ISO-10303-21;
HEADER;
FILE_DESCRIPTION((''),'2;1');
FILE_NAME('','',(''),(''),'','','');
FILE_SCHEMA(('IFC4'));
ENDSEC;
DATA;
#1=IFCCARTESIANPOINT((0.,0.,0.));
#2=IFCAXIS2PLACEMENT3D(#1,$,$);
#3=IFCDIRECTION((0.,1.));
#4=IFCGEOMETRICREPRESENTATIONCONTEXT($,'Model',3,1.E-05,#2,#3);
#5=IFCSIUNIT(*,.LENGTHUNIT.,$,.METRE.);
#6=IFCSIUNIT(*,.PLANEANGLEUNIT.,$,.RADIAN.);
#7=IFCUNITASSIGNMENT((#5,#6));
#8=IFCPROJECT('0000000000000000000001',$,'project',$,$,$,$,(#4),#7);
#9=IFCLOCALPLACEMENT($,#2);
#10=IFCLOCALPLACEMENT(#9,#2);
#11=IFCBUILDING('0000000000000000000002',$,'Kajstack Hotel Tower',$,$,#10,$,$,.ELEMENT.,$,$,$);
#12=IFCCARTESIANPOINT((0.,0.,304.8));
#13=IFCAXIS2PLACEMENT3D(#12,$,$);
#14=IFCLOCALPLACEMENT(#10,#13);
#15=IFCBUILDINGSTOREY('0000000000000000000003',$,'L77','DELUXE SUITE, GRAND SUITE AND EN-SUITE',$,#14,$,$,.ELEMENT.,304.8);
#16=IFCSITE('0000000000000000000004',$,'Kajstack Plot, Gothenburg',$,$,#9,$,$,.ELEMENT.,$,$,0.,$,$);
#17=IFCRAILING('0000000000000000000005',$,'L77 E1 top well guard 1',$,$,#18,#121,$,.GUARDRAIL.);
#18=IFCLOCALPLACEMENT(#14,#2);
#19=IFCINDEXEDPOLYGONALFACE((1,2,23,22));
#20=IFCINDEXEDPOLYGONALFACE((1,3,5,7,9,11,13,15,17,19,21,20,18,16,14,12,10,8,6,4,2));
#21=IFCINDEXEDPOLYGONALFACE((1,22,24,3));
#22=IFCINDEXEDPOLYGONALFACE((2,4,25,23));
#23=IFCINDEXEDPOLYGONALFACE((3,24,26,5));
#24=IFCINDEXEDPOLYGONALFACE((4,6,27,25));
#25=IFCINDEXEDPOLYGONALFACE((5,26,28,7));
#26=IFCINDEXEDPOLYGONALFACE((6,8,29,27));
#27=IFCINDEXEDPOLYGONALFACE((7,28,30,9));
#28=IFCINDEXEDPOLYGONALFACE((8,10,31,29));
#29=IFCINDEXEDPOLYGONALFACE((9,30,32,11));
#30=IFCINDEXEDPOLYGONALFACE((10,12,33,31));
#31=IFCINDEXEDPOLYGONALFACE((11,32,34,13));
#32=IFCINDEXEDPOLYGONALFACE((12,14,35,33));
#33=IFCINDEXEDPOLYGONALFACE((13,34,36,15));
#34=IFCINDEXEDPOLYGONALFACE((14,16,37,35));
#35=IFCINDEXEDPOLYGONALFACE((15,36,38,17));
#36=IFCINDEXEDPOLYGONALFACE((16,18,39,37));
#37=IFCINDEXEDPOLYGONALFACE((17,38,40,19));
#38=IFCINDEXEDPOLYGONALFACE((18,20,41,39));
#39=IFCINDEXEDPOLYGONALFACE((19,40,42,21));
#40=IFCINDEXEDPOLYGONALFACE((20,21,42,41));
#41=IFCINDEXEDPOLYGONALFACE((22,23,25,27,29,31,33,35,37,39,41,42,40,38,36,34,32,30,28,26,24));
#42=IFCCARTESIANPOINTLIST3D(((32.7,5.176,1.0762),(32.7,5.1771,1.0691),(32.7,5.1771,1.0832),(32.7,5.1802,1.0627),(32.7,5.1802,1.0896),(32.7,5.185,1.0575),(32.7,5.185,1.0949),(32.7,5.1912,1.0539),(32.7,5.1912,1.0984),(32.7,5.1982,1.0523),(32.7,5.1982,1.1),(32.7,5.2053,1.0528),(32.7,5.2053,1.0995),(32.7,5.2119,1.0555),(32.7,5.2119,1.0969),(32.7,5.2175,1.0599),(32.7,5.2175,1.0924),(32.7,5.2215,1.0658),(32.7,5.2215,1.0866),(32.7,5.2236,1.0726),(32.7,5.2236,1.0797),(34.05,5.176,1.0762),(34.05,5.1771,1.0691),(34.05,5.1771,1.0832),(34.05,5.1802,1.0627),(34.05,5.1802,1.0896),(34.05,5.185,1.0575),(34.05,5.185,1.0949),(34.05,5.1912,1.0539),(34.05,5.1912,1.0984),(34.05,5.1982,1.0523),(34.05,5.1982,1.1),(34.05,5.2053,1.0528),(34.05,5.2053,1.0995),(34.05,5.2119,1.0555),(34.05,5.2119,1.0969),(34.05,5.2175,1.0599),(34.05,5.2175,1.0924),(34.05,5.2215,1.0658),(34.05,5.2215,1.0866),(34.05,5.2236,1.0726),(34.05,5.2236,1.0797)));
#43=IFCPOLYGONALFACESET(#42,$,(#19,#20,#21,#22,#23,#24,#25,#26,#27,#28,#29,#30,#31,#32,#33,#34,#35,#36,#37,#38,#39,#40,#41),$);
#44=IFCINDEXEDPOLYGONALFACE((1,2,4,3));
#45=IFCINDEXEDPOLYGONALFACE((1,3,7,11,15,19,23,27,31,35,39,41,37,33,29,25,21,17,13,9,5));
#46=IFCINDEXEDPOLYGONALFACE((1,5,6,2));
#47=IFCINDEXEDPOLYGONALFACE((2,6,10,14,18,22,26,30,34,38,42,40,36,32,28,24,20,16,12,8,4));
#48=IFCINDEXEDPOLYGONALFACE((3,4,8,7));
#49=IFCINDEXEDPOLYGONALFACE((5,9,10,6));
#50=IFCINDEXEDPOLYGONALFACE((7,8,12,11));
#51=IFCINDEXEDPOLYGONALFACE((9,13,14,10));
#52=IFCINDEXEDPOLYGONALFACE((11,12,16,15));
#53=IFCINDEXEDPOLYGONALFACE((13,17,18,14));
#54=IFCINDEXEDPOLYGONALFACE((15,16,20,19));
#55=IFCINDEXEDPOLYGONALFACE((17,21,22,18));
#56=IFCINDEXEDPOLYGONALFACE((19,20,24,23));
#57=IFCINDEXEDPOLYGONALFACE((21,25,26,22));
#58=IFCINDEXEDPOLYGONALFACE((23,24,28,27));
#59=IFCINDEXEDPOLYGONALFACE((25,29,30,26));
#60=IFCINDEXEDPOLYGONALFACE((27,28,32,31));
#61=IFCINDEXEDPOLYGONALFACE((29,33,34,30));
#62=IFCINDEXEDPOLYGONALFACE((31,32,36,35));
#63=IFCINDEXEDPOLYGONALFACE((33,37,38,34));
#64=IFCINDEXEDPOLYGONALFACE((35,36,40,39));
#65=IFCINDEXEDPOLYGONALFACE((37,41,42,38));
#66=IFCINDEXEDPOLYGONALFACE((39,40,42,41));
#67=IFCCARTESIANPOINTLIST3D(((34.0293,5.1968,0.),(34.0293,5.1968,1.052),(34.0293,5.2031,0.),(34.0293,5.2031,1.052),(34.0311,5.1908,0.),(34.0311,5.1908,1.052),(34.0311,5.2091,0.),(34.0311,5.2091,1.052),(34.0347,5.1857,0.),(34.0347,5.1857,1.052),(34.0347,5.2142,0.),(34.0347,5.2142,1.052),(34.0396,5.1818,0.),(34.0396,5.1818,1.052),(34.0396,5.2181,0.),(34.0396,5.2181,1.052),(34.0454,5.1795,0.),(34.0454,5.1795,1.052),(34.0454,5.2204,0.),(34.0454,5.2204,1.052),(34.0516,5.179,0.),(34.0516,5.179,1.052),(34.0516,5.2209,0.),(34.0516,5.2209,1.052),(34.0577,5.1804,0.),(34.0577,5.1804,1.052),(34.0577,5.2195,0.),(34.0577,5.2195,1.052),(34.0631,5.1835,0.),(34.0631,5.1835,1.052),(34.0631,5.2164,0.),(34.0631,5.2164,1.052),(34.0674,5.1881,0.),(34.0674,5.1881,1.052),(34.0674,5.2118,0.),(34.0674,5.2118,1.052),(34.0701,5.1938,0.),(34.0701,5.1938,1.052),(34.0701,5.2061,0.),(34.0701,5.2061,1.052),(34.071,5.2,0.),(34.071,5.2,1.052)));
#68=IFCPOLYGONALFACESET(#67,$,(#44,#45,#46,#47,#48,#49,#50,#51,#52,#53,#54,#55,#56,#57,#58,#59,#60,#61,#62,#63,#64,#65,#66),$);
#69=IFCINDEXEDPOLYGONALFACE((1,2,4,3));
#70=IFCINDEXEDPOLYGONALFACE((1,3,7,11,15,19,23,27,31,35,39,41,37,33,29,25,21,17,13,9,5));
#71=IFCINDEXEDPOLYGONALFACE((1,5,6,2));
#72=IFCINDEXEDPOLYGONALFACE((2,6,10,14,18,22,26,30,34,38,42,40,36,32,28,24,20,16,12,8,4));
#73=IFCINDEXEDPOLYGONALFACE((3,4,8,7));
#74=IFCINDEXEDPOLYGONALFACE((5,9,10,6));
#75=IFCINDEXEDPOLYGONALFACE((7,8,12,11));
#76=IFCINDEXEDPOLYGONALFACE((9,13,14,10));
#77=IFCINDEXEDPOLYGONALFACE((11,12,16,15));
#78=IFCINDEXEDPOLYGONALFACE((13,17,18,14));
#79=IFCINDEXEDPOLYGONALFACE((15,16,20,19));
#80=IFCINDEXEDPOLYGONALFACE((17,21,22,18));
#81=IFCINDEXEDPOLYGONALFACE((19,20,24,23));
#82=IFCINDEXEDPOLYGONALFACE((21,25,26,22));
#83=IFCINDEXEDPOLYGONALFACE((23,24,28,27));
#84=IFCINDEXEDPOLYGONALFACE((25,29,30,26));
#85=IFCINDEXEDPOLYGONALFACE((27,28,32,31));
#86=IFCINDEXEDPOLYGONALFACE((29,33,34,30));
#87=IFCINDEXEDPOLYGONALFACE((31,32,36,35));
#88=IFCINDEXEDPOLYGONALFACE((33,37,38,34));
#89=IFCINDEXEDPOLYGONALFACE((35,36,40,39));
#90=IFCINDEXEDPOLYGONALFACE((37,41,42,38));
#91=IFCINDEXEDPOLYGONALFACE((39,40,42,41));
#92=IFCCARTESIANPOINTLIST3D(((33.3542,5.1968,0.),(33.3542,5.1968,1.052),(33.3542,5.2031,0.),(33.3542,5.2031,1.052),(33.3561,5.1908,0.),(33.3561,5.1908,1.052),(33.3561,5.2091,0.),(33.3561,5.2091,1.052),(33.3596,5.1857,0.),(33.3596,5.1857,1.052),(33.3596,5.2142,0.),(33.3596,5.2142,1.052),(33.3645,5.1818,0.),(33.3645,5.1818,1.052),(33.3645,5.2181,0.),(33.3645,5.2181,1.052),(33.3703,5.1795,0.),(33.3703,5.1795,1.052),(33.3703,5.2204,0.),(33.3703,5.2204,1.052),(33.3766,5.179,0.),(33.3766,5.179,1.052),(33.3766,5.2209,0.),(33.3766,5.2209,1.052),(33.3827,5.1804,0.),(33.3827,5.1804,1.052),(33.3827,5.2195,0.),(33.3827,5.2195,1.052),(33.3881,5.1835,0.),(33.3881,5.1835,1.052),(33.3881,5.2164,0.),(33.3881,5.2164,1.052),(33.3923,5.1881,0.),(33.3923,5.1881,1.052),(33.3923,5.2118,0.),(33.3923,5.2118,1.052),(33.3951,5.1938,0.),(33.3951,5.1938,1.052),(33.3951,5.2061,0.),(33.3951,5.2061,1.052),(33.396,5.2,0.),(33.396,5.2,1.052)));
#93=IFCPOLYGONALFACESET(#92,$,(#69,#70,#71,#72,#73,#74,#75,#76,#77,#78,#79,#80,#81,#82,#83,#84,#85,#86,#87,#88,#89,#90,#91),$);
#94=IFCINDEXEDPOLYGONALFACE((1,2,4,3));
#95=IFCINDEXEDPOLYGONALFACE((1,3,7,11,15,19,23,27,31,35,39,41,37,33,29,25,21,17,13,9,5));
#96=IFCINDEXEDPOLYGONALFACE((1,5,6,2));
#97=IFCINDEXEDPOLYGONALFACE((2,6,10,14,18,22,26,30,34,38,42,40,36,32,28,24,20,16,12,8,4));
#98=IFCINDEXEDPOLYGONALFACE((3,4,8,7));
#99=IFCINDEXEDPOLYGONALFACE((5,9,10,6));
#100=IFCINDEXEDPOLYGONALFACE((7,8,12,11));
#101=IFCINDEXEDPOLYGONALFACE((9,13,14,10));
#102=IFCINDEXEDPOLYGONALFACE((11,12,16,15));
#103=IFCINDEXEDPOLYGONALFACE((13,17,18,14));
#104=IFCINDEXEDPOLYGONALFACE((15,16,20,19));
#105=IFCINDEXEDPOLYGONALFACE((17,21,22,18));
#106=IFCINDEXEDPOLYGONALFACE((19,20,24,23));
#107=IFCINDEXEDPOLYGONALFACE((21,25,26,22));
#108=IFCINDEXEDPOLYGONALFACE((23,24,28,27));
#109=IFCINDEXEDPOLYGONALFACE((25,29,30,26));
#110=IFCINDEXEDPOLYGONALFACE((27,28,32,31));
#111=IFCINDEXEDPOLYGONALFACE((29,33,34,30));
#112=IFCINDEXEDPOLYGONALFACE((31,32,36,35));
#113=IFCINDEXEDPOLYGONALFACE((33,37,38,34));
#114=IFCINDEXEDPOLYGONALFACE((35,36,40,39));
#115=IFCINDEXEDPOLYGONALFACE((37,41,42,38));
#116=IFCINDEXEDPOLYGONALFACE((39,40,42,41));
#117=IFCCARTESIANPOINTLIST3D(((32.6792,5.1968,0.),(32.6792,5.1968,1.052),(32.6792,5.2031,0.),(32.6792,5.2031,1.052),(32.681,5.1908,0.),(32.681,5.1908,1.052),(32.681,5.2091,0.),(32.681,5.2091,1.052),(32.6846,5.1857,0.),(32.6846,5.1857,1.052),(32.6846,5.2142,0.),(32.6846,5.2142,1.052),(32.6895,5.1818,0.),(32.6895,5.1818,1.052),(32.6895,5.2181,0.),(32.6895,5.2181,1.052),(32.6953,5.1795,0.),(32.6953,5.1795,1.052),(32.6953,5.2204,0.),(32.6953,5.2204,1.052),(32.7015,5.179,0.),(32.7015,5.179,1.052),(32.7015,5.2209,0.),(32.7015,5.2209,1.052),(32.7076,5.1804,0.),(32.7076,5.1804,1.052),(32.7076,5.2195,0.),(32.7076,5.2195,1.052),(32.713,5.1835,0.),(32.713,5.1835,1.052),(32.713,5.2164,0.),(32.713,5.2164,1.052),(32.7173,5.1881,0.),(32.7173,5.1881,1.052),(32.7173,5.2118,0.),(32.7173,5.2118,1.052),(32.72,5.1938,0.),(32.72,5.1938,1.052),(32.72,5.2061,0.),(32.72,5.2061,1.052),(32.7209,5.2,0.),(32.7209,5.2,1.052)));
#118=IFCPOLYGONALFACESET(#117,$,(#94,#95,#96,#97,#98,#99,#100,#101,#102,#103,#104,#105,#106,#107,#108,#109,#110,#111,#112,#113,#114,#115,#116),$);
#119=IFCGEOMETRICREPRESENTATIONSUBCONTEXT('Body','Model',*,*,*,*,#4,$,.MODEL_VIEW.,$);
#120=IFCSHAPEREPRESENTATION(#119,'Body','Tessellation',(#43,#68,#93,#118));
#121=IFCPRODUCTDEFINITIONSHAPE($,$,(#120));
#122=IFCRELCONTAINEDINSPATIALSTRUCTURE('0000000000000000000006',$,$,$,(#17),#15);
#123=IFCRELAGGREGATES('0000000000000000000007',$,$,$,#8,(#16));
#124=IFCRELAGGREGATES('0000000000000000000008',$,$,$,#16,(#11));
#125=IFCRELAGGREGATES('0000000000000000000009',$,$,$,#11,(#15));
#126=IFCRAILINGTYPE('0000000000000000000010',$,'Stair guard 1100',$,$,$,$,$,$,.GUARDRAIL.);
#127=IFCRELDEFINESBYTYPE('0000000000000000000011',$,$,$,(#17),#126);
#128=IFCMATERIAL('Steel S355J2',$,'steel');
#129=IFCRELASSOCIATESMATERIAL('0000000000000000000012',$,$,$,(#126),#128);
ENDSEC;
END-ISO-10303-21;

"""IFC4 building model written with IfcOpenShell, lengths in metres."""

from ifc_helpers import new_model, si_unit, direction, frame, origin, origin_2d, place, context, subcontext, project, spatial, circle, extrude, material, type_object, element, save


model = new_model("IFC4")

# Units and contexts
model_context = context("Model", 3, precision=1e-05, world=origin(), true_north=direction((0.0, 1.0)))
body_context = subcontext(model_context, "Body", "Model", "MODEL_VIEW")
ifc_project = project(units=[si_unit("LENGTHUNIT", "METRE"), si_unit("PLANEANGLEUNIT", "RADIAN")], contexts=[model_context])

# Site, building, storey
site_placement = place(None, origin())
site = spatial("IfcSite", under=ifc_project, at=site_placement, Name="Kajstack Plot, Gothenburg", CompositionType="ELEMENT", RefElevation=0.0)
building_placement = place(site_placement, origin())
building = spatial("IfcBuilding", under=site, at=building_placement, Name="Kajstack Hotel Tower", CompositionType="ELEMENT")
storey_placement = place(building_placement, frame((0.0, 0.0, 304.8)))
storey = spatial("IfcBuildingStorey", under=building, at=storey_placement, Name="L77", Description="DELUXE SUITE, GRAND SUITE AND EN-SUITE", CompositionType="ELEMENT", Elevation=304.8)

# Railing
ifc_material_1 = material(Name="Steel S355J2", Category="steel")
railing_type_1 = type_object("IfcRailingType", Name="Stair guard 1100", PredefinedType="GUARDRAIL", material=ifc_material_1)
railing_1_placement = place(storey_placement, frame((34.05, 5.2, 0.0)))
element("IfcRailing", 1, at=railing_1_placement, inside=storey, type_object=railing_type_1, Name="L77 E1 top well guard 1", PredefinedType="GUARDRAIL", context=body_context, shape_type="SweptSolid", body=[
    extrude(circle(Radius=0.0239, at=origin_2d()), frame((0.0, 0.0, 1.0762), z_axis=(-1.0, 0.0, 0.0), x_axis=(0.0, -1.0, 0.0)), (0.0, 0.0, 1.0), 1.3501),
    extrude(circle(Radius=0.021, at=origin_2d()), origin(), (0.0, 0.0, 1.0), 1.052),
    extrude(circle(Radius=0.021, at=origin_2d()), frame((-0.675, 0.0, 0.0)), (0.0, 0.0, 1.0), 1.052),
    extrude(circle(Radius=0.021, at=origin_2d()), frame((-1.3501, 0.0, 0.0)), (0.0, 0.0, 1.0), 1.052),
])

save(model, "model.ifc")
